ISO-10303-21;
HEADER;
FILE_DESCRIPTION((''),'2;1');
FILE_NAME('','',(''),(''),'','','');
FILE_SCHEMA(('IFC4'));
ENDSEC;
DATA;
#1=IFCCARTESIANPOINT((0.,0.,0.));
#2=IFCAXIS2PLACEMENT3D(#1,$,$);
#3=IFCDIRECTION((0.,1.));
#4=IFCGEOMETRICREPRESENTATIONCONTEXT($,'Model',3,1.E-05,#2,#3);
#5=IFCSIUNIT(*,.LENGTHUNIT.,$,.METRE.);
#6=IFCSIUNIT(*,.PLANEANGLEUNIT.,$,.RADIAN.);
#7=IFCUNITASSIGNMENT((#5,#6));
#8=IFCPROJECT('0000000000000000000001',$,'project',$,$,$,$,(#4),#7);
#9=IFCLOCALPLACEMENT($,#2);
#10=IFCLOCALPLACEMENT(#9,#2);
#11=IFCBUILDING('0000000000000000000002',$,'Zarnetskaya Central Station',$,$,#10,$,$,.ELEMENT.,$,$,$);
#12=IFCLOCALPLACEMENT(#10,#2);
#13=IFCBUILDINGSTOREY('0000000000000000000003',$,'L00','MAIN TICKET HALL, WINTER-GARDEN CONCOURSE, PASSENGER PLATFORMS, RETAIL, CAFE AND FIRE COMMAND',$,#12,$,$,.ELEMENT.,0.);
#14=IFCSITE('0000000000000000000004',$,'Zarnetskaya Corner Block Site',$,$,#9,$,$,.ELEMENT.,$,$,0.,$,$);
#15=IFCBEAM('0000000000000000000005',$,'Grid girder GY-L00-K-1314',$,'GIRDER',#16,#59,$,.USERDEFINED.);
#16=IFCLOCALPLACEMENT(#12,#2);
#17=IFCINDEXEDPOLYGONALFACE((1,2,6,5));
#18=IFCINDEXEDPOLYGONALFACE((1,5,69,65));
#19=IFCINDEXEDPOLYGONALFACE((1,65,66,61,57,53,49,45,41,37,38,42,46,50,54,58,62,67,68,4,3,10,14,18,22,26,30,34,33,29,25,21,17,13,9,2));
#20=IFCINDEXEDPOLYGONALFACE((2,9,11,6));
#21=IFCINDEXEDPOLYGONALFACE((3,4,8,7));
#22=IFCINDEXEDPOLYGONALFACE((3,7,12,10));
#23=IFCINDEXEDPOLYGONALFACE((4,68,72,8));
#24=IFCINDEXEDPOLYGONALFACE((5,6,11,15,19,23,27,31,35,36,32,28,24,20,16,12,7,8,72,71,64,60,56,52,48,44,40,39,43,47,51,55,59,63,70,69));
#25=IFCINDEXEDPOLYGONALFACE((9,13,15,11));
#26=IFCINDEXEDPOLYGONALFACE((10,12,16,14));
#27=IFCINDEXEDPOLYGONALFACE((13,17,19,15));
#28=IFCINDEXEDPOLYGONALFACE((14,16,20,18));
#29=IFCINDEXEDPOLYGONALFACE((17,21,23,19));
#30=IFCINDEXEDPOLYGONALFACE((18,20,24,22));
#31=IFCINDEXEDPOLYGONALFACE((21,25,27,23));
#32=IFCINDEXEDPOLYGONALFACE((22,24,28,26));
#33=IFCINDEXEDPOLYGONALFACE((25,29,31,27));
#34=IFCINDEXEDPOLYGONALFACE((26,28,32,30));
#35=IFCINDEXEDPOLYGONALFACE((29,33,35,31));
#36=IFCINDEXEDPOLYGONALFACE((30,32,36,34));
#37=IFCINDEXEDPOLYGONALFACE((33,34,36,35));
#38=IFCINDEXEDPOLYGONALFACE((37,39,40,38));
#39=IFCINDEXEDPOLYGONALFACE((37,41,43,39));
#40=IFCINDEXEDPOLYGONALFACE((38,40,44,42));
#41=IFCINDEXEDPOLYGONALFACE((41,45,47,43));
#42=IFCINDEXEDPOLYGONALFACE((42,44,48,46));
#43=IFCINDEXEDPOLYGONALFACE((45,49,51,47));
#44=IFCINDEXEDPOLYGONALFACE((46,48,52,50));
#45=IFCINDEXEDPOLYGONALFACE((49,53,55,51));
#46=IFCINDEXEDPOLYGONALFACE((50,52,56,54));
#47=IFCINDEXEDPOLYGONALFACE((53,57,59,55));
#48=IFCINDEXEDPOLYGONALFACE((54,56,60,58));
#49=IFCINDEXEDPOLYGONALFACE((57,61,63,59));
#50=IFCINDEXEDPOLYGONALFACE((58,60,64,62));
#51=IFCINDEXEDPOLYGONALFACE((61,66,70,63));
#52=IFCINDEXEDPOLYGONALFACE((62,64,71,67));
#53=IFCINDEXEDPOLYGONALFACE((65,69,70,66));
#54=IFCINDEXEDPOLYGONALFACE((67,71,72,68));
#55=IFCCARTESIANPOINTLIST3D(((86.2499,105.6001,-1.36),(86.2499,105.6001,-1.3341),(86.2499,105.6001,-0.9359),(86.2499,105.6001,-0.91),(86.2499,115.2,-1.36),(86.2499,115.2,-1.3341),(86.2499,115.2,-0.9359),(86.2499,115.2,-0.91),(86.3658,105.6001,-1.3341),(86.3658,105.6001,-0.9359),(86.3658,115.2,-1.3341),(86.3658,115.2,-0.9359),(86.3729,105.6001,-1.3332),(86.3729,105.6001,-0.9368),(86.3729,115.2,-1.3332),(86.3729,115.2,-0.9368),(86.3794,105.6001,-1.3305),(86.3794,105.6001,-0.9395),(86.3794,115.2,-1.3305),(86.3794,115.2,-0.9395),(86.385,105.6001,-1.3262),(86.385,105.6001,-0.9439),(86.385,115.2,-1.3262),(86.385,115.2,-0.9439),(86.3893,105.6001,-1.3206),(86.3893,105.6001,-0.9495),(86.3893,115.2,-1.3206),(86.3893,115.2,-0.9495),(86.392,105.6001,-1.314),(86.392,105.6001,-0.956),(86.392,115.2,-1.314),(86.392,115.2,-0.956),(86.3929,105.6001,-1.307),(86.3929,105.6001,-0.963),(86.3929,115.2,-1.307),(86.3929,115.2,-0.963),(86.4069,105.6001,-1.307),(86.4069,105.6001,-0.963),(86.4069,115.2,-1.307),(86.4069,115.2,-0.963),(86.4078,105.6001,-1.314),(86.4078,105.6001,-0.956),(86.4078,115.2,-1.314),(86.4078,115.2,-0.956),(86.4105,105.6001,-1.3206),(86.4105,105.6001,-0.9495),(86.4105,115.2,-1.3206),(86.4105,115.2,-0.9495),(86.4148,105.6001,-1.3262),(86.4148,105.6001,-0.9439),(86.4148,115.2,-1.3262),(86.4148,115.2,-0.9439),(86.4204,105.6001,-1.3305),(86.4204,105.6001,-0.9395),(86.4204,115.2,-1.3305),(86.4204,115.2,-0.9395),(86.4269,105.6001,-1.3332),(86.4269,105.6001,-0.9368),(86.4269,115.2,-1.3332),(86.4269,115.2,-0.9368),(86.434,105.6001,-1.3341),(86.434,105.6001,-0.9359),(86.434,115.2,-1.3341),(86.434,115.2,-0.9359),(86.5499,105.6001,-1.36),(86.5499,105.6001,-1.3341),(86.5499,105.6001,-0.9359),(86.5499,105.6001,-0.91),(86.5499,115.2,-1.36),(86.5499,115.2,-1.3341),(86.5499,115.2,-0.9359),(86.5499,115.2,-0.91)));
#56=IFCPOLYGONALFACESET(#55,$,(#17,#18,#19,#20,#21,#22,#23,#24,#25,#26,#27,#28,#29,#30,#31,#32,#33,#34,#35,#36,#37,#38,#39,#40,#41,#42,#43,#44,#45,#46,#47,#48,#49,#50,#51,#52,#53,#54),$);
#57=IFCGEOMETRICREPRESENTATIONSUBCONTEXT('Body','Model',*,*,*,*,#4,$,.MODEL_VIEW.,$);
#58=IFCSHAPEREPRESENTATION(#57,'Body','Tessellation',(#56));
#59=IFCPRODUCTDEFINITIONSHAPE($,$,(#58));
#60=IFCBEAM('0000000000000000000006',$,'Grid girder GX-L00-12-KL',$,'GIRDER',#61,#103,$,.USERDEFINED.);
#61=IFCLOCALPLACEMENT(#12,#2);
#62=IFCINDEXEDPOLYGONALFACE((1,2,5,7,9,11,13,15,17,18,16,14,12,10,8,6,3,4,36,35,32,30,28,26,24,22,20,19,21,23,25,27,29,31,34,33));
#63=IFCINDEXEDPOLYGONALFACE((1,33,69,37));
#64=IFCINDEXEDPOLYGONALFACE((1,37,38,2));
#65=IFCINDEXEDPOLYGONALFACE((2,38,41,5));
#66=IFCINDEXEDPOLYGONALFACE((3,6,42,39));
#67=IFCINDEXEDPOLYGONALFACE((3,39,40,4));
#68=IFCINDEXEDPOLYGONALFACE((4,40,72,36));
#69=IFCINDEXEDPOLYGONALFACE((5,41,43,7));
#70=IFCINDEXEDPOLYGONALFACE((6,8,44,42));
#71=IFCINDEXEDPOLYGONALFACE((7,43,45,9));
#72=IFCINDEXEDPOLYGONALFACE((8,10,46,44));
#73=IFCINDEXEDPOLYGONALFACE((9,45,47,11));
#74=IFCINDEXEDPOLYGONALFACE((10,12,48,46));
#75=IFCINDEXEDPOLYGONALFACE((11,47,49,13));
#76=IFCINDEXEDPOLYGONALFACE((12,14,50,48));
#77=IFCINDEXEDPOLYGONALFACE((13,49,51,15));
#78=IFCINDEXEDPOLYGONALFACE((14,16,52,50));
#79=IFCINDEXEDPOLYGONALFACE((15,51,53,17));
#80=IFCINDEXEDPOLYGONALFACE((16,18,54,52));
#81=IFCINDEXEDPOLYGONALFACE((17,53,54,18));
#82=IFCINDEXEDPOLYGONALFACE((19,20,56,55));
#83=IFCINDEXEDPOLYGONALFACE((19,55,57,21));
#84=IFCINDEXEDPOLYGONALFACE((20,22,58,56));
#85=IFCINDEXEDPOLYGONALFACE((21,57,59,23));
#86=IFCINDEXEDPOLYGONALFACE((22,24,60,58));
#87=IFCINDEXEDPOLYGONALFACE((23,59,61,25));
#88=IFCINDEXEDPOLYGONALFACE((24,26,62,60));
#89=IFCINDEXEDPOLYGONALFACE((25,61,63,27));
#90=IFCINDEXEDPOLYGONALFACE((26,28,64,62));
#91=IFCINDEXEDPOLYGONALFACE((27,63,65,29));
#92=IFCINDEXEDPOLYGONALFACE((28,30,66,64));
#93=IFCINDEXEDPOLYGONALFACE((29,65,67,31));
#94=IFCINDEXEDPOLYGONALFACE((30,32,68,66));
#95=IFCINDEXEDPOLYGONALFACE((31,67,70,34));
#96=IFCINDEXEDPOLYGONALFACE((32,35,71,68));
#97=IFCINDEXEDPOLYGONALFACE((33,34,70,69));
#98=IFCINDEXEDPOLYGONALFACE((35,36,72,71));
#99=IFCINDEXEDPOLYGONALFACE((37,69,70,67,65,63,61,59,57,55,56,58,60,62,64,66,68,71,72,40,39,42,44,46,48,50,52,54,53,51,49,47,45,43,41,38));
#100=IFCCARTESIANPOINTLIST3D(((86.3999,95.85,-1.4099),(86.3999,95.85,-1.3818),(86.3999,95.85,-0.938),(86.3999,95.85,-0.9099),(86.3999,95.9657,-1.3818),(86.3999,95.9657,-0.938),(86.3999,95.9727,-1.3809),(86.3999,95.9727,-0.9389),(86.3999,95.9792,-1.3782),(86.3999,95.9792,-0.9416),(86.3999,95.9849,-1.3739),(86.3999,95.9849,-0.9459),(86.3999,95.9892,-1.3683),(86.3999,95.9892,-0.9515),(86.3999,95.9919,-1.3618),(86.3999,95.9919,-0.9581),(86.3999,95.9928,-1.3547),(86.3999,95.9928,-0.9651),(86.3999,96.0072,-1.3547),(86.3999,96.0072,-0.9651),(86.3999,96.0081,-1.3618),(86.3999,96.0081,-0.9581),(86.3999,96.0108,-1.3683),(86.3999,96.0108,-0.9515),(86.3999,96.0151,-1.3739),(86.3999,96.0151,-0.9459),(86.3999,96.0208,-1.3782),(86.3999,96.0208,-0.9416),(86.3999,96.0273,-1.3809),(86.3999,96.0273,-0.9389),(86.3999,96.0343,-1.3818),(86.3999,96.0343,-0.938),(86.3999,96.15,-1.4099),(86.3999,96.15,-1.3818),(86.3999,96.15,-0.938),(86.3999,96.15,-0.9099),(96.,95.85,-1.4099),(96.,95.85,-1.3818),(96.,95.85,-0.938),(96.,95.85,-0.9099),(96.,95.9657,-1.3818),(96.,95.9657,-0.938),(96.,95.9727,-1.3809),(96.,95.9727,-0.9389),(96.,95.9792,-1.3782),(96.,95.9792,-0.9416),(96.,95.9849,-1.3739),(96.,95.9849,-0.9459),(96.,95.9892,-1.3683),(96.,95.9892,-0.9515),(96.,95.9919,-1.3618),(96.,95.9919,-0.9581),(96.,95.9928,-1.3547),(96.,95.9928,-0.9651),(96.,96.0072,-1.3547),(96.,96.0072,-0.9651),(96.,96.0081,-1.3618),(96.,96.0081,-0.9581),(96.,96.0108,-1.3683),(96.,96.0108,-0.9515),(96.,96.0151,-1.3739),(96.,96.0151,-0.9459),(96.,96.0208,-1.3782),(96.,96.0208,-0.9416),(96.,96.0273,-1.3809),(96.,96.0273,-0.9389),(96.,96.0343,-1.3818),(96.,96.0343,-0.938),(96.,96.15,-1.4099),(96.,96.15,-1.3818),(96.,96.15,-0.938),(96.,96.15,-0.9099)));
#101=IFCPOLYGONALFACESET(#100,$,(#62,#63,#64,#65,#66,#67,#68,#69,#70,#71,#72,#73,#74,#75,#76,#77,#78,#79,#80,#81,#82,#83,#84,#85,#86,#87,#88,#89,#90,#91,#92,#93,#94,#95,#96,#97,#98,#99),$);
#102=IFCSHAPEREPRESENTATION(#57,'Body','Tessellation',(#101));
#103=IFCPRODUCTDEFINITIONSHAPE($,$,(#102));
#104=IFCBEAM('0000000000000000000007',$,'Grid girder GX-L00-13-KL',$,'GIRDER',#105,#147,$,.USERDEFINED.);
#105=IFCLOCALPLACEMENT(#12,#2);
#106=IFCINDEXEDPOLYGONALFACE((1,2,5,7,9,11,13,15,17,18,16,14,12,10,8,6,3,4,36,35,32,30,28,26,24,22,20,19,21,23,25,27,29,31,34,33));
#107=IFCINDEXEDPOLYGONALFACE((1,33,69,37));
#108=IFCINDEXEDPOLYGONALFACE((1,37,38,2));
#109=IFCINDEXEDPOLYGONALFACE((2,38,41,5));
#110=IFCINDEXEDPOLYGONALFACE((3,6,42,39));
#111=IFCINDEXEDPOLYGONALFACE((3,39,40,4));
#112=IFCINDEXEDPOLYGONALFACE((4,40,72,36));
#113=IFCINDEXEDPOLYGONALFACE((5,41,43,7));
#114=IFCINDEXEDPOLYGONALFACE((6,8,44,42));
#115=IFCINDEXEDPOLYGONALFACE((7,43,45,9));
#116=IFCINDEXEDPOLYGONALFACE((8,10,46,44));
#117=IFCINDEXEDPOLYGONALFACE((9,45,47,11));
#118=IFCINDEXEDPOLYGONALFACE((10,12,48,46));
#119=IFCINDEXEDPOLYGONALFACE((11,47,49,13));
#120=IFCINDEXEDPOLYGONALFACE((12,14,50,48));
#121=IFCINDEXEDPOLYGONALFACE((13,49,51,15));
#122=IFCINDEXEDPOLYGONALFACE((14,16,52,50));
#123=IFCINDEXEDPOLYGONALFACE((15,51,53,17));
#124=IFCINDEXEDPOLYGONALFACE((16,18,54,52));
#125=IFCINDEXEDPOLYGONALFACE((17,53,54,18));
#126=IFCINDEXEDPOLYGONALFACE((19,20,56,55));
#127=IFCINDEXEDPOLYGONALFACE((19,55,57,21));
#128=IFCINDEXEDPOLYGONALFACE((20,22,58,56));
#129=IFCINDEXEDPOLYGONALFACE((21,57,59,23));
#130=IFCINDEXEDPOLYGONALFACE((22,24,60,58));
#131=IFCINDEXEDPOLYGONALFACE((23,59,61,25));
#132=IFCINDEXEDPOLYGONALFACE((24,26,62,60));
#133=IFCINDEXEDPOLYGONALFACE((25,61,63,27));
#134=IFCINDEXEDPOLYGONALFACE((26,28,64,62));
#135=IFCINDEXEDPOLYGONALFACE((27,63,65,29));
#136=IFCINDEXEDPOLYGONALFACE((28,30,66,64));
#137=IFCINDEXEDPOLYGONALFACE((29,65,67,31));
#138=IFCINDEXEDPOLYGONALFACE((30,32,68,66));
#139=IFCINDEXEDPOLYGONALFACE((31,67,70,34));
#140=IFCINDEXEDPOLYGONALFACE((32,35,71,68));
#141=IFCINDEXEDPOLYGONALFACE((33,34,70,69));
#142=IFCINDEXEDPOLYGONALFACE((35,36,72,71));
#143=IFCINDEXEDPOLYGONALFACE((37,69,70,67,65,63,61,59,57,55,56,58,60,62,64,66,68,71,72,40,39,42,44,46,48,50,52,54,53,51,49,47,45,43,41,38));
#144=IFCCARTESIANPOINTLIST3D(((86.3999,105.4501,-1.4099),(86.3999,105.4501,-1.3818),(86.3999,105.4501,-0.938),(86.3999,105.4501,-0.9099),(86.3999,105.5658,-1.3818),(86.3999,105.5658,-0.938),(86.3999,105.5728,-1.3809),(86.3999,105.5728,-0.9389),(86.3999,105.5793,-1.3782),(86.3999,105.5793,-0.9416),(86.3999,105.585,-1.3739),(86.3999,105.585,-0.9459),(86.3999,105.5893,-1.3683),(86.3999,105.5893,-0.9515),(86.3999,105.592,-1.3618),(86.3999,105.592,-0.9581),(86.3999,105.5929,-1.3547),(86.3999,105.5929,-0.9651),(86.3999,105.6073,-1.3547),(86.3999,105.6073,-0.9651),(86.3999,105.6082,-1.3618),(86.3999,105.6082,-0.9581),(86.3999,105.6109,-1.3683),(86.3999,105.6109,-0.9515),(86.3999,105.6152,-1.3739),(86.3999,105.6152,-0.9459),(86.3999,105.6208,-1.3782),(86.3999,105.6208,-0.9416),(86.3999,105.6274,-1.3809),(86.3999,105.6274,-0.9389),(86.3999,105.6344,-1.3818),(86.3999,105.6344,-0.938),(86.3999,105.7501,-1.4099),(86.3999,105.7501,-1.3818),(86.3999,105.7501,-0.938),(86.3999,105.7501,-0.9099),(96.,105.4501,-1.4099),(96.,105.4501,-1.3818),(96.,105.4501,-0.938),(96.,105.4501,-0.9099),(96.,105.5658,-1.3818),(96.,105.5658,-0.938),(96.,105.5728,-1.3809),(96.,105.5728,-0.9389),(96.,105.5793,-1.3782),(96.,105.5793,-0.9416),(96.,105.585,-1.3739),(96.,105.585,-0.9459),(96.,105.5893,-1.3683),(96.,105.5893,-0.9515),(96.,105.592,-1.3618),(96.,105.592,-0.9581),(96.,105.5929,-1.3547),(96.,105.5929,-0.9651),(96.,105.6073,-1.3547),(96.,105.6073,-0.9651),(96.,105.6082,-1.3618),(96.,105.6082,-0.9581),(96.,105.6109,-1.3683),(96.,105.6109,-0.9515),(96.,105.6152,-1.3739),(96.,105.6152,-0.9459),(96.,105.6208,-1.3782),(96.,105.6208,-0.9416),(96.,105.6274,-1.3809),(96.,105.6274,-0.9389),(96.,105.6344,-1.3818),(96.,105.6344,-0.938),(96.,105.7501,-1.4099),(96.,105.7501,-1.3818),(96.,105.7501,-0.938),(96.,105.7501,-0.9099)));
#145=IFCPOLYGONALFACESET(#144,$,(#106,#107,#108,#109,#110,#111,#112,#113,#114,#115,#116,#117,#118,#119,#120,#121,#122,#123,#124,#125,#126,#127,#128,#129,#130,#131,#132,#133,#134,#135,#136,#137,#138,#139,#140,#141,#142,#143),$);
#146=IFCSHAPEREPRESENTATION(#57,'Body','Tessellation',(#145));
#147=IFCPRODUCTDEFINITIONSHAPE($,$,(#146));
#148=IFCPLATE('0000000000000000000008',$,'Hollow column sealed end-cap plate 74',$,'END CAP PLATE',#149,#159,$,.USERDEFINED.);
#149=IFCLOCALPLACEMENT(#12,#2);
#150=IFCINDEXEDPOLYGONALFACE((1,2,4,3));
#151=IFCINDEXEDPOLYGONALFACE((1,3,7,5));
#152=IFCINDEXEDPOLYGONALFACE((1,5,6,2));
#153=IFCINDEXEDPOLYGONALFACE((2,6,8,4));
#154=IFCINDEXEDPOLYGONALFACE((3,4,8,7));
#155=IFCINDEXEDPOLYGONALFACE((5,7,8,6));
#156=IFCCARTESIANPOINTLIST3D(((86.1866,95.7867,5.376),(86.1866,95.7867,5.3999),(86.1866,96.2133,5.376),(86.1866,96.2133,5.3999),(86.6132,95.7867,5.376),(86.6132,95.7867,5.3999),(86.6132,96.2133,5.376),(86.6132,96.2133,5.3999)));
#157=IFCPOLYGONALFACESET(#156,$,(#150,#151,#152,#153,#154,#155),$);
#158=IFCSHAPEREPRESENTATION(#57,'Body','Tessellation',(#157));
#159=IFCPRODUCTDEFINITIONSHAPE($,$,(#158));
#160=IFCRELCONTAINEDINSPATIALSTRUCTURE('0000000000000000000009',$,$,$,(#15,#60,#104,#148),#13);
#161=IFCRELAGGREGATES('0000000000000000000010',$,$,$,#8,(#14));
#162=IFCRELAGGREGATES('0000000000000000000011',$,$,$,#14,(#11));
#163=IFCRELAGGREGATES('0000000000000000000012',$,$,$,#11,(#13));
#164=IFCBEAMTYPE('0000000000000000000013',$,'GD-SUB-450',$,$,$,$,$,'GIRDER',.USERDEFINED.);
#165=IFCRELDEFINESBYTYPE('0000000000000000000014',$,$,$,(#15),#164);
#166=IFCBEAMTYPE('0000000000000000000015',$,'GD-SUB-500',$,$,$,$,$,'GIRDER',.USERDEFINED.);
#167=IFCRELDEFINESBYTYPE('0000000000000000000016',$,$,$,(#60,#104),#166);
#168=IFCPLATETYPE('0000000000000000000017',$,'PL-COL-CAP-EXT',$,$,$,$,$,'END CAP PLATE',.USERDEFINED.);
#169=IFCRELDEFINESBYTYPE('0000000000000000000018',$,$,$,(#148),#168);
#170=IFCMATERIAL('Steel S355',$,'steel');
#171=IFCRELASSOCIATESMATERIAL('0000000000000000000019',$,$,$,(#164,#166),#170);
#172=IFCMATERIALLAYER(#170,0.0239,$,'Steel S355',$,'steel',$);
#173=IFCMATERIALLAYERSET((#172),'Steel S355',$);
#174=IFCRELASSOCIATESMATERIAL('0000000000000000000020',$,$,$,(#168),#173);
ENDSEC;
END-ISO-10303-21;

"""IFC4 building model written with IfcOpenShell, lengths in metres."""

from ifc_helpers import new_model, si_unit, direction, frame, origin, origin_2d, place, context, subcontext, project, spatial, rectangle, i_section, extrude, material, layer, layer_set, material_profile, profile_set, type_object, element, save


model = new_model("IFC4")

# Units and contexts
model_context = context("Model", 3, precision=1e-05, world=origin(), true_north=direction((0.0, 1.0)))
body_context = subcontext(model_context, "Body", "Model", "MODEL_VIEW")
ifc_project = project(units=[si_unit("LENGTHUNIT", "METRE"), si_unit("PLANEANGLEUNIT", "RADIAN")], contexts=[model_context])

# Site, building, storey
site_placement = place(None, origin())
site = spatial("IfcSite", under=ifc_project, at=site_placement, Name="Zarnetskaya Corner Block Site", CompositionType="ELEMENT", RefElevation=0.0)
building_placement = place(site_placement, origin())
building = spatial("IfcBuilding", under=site, at=building_placement, Name="Zarnetskaya Central Station", CompositionType="ELEMENT")
storey_placement = place(building_placement, origin())
storey = spatial("IfcBuildingStorey", under=building, at=storey_placement, Name="L00", Description="MAIN TICKET HALL, WINTER-GARDEN CONCOURSE, PASSENGER PLATFORMS, RETAIL, CAFE AND FIRE COMMAND", CompositionType="ELEMENT", Elevation=0.0)

# Shared definitions
ifc_material_1 = material(Name="Steel S355", Category="steel")

# Beams
ifc_material_profile_1 = material_profile(ifc_material_1, i_section(OverallWidth=0.3, OverallDepth=0.45, WebThickness=0.0139, FlangeThickness=0.0259, FilletRadius=0.0271, at=origin_2d()), Name="HEB 450")
ifc_profile_set_1 = profile_set([ifc_material_profile_1], Name="Steel S355")
beam_type_1 = type_object("IfcBeamType", Name="GD-SUB-450", ElementType="GIRDER", PredefinedType="USERDEFINED", material=ifc_profile_set_1)
beam_1_placement = place(storey_placement, frame((86.3999, 105.6001, -1.135), z_axis=(0.0, 1.0, 0.0), x_axis=(-1.0, 0.0, 0.0)))
element("IfcBeam", 1, at=beam_1_placement, inside=storey, type_object=beam_type_1, Name="Grid girder GY-L00-K-1314", ObjectType="GIRDER", PredefinedType="USERDEFINED", context=body_context, shape_type="SweptSolid", body=[
    extrude(i_section(OverallWidth=0.3, OverallDepth=0.45, WebThickness=0.0139, FlangeThickness=0.0259, FilletRadius=0.0271, at=origin_2d()), origin(), (0.0, 0.0, 1.0), 9.5999),
])
ifc_material_profile_2 = material_profile(ifc_material_1, i_section(OverallWidth=0.3, OverallDepth=0.5, WebThickness=0.0144, FlangeThickness=0.0281, FilletRadius=0.0271, at=origin_2d()), Name="HEB 500")
ifc_profile_set_2 = profile_set([ifc_material_profile_2], Name="Steel S355")
beam_type_2 = type_object("IfcBeamType", Name="GD-SUB-500", ElementType="GIRDER", PredefinedType="USERDEFINED", material=ifc_profile_set_2)
for number, where, z_axis, x_axis, name in (
    (2, (86.3999, 96.0, -1.1599), (1.0, 0.0, 0.0), (0.0, 1.0, 0.0), "Grid girder GX-L00-12-KL"),
    (3, (86.3999, 105.6001, -1.1599), (1.0, 0.0, 0.0), (0.0, 1.0, 0.0), "Grid girder GX-L00-13-KL"),
):
    element("IfcBeam", number, at=place(storey_placement, frame(where, z_axis=z_axis, x_axis=x_axis)), inside=storey, type_object=beam_type_2, Name=name, ObjectType="GIRDER", PredefinedType="USERDEFINED", context=body_context, shape_type="SweptSolid", body=[
        extrude(i_section(OverallWidth=0.3, OverallDepth=0.5, WebThickness=0.0144, FlangeThickness=0.0281, FilletRadius=0.0271, at=origin_2d()), origin(), (0.0, 0.0, 1.0), 9.6001),
    ])

# Plate
ifc_layer = layer(ifc_material_1, 0.0239, Name="Steel S355", Category="steel")
ifc_layer_set = layer_set([ifc_layer], Name="Steel S355")
plate_type = type_object("IfcPlateType", Name="PL-COL-CAP-EXT", ElementType="END CAP PLATE", PredefinedType="USERDEFINED", material=ifc_layer_set)
plate_placement = place(storey_placement, frame((86.3999, 96.0, 5.376), z_axis=(0.0, 0.0, 1.0), x_axis=(1.0, 0.0, 0.0)))
element("IfcPlate", 4, at=plate_placement, inside=storey, type_object=plate_type, Name="Hollow column sealed end-cap plate 74", ObjectType="END CAP PLATE", PredefinedType="USERDEFINED", context=body_context, shape_type="SweptSolid", body=[
    extrude(rectangle(XDim=0.4265, YDim=0.4265, at=origin_2d()), origin(), (0.0, 0.0, 1.0), 0.0239),
])

save(model, "model.ifc")
